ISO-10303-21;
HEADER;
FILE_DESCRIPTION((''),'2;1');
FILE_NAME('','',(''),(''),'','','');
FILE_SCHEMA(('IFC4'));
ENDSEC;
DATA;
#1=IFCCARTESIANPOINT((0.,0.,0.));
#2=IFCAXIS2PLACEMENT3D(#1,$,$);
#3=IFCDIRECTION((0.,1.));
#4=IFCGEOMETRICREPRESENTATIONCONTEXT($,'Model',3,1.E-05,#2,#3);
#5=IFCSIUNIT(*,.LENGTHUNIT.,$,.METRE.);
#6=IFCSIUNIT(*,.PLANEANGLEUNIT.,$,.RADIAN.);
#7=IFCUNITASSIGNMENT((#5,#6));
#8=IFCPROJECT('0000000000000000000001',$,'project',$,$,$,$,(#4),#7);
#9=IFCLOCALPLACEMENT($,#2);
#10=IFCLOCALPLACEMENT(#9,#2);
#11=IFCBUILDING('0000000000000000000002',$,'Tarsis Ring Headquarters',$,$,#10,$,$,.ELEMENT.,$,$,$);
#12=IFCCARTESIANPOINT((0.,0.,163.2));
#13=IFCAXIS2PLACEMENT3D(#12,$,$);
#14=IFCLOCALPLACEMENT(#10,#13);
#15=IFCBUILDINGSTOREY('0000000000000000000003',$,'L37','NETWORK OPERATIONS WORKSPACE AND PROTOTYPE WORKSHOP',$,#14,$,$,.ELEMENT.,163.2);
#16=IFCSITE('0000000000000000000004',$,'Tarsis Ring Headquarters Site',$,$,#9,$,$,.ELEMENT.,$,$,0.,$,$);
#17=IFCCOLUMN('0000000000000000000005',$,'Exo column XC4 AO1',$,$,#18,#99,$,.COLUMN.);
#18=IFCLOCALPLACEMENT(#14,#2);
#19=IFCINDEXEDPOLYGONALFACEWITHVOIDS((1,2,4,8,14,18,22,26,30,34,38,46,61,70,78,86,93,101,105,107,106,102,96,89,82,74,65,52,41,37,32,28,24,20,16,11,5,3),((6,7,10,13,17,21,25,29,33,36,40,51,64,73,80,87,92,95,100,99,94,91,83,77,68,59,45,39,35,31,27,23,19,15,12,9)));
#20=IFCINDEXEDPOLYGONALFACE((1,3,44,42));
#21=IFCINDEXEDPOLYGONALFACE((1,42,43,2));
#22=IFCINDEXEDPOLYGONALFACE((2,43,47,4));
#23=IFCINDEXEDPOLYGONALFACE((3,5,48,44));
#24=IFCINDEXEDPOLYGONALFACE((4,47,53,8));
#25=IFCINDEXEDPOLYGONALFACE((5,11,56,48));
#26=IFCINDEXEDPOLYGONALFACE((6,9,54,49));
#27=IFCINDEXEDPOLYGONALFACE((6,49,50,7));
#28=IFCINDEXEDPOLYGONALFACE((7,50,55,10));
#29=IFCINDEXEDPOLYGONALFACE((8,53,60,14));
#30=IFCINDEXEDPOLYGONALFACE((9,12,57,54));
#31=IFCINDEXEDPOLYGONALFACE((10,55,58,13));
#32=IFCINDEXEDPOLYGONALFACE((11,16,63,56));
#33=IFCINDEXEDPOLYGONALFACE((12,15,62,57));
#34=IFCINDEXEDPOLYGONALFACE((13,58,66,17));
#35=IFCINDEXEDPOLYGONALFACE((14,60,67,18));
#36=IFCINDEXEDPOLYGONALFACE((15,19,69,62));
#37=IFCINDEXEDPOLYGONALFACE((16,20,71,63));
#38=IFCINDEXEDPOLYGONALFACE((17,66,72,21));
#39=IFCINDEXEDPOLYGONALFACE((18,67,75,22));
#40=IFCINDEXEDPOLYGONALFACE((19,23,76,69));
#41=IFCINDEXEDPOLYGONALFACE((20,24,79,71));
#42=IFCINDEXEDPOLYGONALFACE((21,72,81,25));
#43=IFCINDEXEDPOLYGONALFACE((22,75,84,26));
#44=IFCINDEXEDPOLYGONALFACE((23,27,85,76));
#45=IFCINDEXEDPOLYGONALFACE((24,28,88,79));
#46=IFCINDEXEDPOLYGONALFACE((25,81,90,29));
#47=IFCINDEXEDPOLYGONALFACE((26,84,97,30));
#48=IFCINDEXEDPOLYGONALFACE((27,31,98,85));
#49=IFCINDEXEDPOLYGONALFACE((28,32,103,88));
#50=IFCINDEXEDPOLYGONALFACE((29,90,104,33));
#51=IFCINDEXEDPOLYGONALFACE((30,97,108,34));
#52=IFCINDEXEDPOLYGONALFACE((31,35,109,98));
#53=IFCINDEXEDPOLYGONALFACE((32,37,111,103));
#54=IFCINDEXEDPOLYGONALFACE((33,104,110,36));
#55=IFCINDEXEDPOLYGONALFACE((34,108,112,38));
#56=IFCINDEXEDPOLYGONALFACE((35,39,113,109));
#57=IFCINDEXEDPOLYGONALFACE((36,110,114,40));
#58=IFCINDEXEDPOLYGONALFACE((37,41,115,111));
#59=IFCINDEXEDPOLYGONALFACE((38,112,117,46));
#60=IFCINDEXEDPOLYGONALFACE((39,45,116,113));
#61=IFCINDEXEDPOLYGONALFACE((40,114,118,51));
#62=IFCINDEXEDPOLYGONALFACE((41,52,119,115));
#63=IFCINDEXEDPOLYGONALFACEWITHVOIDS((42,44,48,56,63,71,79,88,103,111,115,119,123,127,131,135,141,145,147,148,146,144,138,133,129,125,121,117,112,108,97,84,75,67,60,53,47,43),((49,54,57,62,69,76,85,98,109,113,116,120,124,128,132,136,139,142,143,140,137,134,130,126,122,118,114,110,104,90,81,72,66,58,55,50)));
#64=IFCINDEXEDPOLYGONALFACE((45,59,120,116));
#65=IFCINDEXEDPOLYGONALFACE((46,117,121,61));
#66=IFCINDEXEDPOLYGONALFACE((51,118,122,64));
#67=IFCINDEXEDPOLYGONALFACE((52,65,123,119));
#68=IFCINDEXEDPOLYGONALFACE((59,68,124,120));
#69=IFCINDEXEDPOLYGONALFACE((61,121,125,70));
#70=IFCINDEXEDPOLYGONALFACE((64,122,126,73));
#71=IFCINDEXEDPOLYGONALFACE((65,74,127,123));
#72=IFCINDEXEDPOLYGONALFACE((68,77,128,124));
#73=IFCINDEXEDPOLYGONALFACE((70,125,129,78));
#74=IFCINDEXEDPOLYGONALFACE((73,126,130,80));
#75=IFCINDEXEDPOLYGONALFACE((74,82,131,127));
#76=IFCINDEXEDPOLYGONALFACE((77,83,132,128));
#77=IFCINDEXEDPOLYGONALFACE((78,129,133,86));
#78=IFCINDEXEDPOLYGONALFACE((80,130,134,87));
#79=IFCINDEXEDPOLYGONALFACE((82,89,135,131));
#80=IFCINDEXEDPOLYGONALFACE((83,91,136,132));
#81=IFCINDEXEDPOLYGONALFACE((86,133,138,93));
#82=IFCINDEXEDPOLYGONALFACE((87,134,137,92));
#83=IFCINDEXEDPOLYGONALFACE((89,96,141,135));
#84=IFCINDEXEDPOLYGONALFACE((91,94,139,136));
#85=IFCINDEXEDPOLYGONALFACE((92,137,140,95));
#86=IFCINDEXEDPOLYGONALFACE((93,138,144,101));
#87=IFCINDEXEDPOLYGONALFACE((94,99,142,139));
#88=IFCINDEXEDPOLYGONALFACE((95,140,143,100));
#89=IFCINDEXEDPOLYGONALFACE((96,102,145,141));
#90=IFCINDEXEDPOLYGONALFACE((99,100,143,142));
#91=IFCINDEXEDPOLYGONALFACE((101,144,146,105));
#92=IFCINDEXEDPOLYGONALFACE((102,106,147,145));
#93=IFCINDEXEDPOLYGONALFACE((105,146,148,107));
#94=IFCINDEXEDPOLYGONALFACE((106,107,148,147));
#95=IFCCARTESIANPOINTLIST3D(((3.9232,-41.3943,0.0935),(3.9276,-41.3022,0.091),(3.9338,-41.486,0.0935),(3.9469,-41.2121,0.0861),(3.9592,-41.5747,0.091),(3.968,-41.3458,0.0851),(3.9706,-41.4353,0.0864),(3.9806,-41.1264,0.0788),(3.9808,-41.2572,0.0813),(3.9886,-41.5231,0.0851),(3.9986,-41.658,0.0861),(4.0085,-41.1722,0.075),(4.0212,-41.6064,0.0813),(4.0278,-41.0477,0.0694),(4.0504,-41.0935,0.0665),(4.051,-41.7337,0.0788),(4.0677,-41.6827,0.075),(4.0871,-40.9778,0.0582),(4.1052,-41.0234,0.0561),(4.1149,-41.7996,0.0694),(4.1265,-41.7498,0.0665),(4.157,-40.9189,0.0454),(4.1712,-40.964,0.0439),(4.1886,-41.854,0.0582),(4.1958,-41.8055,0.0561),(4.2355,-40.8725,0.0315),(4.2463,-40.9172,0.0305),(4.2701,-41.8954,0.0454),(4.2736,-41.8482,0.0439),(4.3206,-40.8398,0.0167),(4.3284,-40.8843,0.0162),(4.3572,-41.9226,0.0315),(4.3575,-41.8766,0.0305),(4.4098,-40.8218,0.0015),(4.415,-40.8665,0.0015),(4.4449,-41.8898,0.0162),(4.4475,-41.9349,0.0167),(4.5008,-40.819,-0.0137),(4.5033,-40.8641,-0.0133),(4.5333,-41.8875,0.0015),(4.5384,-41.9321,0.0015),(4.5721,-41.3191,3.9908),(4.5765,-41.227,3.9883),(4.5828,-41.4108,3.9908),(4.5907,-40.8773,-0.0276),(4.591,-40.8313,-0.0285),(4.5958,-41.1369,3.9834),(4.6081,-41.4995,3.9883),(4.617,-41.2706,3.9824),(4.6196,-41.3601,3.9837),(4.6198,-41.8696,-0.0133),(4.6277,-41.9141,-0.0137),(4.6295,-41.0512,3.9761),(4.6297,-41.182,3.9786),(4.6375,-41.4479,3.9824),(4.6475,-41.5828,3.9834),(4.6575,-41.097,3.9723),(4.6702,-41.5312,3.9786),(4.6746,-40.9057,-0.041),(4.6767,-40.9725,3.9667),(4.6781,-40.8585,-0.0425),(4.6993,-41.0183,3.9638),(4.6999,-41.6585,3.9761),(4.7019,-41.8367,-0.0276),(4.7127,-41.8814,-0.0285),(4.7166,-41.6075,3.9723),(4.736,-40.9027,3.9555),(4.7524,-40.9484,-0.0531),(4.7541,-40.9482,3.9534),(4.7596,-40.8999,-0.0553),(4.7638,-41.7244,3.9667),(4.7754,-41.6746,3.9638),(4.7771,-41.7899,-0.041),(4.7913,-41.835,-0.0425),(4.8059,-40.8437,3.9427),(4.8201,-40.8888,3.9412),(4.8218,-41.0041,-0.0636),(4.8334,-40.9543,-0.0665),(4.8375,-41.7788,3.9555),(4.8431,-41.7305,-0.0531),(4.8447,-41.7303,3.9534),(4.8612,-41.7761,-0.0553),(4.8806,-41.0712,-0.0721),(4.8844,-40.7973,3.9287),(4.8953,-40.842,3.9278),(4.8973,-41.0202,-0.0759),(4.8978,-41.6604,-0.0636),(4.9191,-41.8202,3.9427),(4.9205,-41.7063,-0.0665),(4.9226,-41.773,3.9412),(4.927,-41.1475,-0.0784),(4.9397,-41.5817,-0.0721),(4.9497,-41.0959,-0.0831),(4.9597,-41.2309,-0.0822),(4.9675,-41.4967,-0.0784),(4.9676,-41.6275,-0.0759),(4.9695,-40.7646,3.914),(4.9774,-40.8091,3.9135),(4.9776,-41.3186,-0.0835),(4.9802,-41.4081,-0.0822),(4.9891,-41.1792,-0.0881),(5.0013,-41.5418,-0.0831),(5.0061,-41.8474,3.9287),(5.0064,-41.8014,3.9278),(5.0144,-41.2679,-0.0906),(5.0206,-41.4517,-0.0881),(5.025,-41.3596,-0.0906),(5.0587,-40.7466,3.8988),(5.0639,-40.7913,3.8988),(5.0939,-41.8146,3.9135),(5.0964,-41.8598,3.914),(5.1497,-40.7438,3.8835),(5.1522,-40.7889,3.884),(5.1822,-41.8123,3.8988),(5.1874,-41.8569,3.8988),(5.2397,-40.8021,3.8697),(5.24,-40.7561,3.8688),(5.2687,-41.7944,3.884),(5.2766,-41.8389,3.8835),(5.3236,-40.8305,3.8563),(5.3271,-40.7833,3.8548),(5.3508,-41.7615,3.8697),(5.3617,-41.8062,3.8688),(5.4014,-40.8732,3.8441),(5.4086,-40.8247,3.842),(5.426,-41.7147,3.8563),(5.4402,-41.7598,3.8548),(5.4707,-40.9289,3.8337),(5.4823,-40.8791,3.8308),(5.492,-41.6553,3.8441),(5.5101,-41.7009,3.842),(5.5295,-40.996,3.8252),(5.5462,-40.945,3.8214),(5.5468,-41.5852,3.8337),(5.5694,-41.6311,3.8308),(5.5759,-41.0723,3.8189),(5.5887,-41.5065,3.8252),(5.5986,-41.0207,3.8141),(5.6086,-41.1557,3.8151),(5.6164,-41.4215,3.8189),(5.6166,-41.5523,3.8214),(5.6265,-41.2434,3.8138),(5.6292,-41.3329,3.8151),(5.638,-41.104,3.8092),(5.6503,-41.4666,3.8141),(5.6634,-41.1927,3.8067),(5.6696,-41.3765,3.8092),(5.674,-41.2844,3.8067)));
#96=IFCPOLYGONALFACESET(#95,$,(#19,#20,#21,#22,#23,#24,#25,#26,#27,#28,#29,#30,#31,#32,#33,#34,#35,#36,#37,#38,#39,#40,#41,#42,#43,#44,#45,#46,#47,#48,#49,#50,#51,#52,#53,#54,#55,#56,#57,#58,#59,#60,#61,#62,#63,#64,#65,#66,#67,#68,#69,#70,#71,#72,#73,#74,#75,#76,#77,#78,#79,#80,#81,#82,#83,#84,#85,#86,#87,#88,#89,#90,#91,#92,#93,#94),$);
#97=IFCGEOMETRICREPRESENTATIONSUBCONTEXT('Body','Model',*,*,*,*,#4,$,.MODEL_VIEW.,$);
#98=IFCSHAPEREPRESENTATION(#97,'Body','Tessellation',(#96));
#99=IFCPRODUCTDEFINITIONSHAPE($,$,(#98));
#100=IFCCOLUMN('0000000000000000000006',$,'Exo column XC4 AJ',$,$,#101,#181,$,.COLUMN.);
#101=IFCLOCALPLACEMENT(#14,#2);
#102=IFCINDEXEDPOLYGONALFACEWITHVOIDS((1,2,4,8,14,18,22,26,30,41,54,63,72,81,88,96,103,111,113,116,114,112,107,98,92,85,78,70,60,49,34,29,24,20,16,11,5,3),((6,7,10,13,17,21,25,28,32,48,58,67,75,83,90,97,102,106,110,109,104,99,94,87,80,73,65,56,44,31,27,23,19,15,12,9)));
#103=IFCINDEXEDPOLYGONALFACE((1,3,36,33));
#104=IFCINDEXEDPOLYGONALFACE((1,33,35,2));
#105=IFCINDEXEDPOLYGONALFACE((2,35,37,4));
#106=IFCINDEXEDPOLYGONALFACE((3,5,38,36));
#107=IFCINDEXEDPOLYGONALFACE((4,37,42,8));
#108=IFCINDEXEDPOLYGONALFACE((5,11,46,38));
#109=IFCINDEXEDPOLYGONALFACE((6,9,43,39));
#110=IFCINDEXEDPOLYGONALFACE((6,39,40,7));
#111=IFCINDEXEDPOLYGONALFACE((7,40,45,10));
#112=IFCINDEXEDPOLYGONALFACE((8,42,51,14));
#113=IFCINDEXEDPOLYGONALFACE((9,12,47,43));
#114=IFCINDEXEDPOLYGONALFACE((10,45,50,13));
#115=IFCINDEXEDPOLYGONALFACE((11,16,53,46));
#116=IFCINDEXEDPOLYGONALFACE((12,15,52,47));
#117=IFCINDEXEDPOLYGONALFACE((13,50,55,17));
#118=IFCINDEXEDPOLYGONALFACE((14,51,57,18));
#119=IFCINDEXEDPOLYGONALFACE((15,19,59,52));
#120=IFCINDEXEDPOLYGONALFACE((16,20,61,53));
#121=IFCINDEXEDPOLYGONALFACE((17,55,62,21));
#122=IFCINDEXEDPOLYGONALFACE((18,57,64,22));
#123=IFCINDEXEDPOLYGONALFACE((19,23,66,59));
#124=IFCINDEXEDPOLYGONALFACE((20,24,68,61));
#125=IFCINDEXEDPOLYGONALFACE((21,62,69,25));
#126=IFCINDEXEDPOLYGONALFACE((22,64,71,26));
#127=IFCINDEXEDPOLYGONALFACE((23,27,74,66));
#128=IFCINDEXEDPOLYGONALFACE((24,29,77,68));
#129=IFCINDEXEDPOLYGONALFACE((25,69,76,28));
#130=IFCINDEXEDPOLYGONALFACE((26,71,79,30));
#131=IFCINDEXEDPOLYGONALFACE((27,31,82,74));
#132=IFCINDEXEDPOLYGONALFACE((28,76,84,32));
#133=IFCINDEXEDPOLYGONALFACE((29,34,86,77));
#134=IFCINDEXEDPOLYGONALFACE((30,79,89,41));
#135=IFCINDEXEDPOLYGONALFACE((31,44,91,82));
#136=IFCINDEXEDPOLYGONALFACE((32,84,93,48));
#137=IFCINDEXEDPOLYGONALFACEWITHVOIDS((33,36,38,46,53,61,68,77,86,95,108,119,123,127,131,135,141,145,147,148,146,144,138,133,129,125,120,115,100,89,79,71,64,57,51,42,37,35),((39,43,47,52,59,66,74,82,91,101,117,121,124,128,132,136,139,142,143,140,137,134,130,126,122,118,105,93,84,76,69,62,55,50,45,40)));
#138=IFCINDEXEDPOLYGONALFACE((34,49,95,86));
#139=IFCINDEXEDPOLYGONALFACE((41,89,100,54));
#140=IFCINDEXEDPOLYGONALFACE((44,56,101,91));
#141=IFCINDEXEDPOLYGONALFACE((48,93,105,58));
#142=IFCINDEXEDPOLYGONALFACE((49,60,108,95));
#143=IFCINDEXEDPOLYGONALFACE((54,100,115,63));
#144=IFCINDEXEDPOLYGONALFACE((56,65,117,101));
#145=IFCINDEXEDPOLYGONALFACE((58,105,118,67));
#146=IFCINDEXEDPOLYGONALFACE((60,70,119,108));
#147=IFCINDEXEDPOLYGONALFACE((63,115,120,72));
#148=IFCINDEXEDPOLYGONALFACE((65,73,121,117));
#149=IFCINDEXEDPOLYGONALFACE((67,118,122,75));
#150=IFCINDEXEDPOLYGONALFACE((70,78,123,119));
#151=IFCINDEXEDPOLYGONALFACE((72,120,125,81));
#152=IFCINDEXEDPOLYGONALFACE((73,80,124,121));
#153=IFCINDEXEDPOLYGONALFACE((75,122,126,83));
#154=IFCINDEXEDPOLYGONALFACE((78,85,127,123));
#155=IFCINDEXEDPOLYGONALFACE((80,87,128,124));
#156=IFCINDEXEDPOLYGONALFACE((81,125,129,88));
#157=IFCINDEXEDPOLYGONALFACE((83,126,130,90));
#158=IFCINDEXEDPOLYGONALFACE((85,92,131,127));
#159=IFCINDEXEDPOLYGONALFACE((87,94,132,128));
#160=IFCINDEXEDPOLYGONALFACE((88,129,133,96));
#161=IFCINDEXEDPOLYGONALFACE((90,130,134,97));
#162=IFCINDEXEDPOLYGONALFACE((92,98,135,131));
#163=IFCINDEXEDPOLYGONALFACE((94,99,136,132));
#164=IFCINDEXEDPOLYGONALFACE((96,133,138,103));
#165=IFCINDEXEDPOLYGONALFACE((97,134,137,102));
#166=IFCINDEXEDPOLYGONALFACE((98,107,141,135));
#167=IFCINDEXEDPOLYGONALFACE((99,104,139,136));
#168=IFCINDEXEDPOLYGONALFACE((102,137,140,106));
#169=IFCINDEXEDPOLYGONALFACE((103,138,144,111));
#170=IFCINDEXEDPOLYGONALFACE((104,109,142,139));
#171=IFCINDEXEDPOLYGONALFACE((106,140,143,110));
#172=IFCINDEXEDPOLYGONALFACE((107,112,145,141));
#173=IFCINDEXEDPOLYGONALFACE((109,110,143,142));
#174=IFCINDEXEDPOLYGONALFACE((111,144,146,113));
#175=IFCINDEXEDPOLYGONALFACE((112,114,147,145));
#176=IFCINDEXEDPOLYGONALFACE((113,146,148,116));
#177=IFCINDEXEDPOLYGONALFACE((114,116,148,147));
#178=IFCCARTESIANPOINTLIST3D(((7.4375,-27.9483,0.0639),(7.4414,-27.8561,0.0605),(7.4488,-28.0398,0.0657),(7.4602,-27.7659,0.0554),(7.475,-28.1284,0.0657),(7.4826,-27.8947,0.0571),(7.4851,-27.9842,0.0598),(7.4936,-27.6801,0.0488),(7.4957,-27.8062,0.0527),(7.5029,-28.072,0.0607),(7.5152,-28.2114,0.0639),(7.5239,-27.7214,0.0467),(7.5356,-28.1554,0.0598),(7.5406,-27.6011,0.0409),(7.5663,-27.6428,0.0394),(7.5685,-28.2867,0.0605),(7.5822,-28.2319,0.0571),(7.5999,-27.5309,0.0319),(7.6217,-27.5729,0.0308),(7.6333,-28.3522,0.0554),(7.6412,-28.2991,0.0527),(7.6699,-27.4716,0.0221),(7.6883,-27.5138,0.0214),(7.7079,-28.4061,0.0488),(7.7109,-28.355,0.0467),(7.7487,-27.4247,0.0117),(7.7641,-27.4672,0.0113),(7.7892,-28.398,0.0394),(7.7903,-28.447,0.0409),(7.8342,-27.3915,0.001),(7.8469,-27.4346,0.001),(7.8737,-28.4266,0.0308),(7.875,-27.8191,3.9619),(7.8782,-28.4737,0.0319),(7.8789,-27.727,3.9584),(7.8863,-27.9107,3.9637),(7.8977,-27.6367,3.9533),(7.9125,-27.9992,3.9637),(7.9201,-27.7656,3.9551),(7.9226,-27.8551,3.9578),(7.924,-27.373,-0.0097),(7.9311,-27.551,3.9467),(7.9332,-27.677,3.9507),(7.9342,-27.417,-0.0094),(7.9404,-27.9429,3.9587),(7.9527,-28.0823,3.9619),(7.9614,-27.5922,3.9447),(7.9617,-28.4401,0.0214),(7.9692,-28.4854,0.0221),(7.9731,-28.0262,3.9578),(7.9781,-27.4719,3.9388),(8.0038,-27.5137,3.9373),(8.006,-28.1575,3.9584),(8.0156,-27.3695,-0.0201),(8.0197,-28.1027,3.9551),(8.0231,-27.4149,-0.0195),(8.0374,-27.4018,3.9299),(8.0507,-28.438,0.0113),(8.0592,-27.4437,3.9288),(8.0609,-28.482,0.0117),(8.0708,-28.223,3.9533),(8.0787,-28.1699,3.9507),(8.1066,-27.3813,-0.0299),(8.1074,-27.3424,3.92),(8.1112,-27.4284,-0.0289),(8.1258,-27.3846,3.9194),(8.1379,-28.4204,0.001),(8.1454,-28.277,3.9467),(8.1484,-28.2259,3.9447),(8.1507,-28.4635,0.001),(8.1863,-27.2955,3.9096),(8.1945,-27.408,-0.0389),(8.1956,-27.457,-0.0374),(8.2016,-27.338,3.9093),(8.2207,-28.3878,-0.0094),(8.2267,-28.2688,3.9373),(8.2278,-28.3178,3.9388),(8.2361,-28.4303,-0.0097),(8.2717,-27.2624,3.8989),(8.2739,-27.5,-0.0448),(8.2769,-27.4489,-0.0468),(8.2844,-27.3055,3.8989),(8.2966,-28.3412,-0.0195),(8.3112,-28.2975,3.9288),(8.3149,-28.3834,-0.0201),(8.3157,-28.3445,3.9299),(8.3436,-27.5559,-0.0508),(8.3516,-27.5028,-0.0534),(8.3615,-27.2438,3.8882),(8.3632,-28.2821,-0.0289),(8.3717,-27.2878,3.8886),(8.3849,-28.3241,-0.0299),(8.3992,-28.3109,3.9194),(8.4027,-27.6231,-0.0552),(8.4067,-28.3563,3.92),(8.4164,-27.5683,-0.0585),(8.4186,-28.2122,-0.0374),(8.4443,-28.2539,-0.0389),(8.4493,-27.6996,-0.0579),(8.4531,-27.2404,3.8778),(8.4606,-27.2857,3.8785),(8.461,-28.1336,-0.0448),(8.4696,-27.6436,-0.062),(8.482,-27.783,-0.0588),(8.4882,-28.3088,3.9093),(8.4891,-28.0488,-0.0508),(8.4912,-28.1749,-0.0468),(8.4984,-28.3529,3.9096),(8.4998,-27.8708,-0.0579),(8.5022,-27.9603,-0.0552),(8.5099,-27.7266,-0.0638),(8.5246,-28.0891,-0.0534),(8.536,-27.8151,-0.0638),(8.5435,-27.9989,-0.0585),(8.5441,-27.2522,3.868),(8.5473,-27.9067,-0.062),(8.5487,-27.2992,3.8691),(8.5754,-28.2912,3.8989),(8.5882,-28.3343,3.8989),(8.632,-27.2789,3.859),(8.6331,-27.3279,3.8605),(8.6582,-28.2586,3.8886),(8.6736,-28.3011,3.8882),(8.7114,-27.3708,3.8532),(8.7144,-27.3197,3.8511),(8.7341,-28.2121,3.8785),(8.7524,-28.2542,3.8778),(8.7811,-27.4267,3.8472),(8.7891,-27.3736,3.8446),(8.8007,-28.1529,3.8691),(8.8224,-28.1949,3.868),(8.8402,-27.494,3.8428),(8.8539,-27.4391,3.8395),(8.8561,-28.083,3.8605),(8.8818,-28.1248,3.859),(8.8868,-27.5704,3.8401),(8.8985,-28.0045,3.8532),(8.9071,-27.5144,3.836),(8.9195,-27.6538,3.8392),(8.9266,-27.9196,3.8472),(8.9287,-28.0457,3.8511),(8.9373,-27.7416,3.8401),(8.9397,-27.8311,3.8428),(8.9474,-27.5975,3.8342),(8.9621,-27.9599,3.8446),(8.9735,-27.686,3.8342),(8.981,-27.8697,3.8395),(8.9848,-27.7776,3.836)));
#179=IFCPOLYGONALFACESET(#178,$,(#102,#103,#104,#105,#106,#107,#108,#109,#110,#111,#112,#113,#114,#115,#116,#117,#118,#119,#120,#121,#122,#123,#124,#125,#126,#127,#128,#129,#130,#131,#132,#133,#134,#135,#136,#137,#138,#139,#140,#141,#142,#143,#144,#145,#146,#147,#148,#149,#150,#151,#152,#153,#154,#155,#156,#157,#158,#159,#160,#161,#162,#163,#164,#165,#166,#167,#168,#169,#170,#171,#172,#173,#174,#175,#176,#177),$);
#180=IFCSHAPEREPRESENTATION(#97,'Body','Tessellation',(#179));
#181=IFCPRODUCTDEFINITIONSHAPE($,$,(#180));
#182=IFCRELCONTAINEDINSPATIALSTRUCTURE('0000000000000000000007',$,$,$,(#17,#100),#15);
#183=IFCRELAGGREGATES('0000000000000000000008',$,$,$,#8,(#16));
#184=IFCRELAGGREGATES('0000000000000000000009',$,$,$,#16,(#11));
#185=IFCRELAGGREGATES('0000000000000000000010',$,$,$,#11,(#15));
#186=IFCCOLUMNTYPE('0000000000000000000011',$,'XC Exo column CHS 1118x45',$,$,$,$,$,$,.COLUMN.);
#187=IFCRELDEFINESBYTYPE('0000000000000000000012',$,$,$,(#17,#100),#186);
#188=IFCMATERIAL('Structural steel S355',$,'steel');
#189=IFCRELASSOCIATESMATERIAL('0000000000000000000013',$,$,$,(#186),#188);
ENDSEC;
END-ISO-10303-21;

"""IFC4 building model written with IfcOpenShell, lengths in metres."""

from ifc_helpers import new_model, si_unit, direction, frame, origin, origin_2d, place, context, subcontext, project, spatial, hollow_circle, extrude, material, material_profile, profile_set, type_object, element, save


model = new_model("IFC4")

# Units and contexts
model_context = context("Model", 3, precision=1e-05, world=origin(), true_north=direction((0.0, 1.0)))
body_context = subcontext(model_context, "Body", "Model", "MODEL_VIEW")
ifc_project = project(units=[si_unit("LENGTHUNIT", "METRE"), si_unit("PLANEANGLEUNIT", "RADIAN")], contexts=[model_context])

# Site, building, storey
site_placement = place(None, origin())
site = spatial("IfcSite", under=ifc_project, at=site_placement, Name="Tarsis Ring Headquarters Site", CompositionType="ELEMENT", RefElevation=0.0)
building_placement = place(site_placement, origin())
building = spatial("IfcBuilding", under=site, at=building_placement, Name="Tarsis Ring Headquarters", CompositionType="ELEMENT")
storey_placement = place(building_placement, frame((0.0, 0.0, 163.2)))
storey = spatial("IfcBuildingStorey", under=building, at=storey_placement, Name="L37", Description="NETWORK OPERATIONS WORKSPACE AND PROTOTYPE WORKSHOP", CompositionType="ELEMENT", Elevation=163.2)

# Columns
ifc_material_1 = material(Name="Structural steel S355", Category="steel")
ifc_material_profile_1 = material_profile(ifc_material_1, hollow_circle(Radius=0.5588, WallThickness=0.0449, at=origin_2d()), Name="CHS 1118x45")
ifc_profile_set_1 = profile_set([ifc_material_profile_1], Name="Structural steel S355")
column_type = type_object("IfcColumnType", Name="XC Exo column CHS 1118x45", PredefinedType="COLUMN", material=ifc_profile_set_1)
column_placement = place(storey_placement, frame((4.4741, -41.377, 0.0015), z_axis=(0.164219, 0.019029, 0.98624), x_axis=(-0.115106, 0.993353, 0.0)))
element("IfcColumn", 1, at=column_placement, inside=storey, type_object=column_type, Name="Exo column XC4 AO1", PredefinedType="COLUMN", context=body_context, shape_type="SweptSolid", body=[
    extrude(hollow_circle(Radius=0.5588, WallThickness=0.0449, at=origin_2d()), origin(), (0.0, 0.0, 1.0), 3.9517),
])
for number, where, z_axis, x_axis, name in (
    (2, (7.9924, -27.9275, 0.001), (0.111478, 0.032908, 0.993222), (-0.283122, 0.959084, 0.0), "Exo column XC4 AJ"),
):
    element("IfcColumn", number, at=place(storey_placement, frame(where, z_axis=z_axis, x_axis=x_axis)), inside=storey, type_object=column_type, Name=name, PredefinedType="COLUMN", context=body_context, shape_type="SweptSolid", body=[
        extrude(hollow_circle(Radius=0.5588, WallThickness=0.0449, at=origin_2d()), origin(), (0.0, 0.0, 1.0), 3.9246),
    ])

save(model, "model.ifc")
